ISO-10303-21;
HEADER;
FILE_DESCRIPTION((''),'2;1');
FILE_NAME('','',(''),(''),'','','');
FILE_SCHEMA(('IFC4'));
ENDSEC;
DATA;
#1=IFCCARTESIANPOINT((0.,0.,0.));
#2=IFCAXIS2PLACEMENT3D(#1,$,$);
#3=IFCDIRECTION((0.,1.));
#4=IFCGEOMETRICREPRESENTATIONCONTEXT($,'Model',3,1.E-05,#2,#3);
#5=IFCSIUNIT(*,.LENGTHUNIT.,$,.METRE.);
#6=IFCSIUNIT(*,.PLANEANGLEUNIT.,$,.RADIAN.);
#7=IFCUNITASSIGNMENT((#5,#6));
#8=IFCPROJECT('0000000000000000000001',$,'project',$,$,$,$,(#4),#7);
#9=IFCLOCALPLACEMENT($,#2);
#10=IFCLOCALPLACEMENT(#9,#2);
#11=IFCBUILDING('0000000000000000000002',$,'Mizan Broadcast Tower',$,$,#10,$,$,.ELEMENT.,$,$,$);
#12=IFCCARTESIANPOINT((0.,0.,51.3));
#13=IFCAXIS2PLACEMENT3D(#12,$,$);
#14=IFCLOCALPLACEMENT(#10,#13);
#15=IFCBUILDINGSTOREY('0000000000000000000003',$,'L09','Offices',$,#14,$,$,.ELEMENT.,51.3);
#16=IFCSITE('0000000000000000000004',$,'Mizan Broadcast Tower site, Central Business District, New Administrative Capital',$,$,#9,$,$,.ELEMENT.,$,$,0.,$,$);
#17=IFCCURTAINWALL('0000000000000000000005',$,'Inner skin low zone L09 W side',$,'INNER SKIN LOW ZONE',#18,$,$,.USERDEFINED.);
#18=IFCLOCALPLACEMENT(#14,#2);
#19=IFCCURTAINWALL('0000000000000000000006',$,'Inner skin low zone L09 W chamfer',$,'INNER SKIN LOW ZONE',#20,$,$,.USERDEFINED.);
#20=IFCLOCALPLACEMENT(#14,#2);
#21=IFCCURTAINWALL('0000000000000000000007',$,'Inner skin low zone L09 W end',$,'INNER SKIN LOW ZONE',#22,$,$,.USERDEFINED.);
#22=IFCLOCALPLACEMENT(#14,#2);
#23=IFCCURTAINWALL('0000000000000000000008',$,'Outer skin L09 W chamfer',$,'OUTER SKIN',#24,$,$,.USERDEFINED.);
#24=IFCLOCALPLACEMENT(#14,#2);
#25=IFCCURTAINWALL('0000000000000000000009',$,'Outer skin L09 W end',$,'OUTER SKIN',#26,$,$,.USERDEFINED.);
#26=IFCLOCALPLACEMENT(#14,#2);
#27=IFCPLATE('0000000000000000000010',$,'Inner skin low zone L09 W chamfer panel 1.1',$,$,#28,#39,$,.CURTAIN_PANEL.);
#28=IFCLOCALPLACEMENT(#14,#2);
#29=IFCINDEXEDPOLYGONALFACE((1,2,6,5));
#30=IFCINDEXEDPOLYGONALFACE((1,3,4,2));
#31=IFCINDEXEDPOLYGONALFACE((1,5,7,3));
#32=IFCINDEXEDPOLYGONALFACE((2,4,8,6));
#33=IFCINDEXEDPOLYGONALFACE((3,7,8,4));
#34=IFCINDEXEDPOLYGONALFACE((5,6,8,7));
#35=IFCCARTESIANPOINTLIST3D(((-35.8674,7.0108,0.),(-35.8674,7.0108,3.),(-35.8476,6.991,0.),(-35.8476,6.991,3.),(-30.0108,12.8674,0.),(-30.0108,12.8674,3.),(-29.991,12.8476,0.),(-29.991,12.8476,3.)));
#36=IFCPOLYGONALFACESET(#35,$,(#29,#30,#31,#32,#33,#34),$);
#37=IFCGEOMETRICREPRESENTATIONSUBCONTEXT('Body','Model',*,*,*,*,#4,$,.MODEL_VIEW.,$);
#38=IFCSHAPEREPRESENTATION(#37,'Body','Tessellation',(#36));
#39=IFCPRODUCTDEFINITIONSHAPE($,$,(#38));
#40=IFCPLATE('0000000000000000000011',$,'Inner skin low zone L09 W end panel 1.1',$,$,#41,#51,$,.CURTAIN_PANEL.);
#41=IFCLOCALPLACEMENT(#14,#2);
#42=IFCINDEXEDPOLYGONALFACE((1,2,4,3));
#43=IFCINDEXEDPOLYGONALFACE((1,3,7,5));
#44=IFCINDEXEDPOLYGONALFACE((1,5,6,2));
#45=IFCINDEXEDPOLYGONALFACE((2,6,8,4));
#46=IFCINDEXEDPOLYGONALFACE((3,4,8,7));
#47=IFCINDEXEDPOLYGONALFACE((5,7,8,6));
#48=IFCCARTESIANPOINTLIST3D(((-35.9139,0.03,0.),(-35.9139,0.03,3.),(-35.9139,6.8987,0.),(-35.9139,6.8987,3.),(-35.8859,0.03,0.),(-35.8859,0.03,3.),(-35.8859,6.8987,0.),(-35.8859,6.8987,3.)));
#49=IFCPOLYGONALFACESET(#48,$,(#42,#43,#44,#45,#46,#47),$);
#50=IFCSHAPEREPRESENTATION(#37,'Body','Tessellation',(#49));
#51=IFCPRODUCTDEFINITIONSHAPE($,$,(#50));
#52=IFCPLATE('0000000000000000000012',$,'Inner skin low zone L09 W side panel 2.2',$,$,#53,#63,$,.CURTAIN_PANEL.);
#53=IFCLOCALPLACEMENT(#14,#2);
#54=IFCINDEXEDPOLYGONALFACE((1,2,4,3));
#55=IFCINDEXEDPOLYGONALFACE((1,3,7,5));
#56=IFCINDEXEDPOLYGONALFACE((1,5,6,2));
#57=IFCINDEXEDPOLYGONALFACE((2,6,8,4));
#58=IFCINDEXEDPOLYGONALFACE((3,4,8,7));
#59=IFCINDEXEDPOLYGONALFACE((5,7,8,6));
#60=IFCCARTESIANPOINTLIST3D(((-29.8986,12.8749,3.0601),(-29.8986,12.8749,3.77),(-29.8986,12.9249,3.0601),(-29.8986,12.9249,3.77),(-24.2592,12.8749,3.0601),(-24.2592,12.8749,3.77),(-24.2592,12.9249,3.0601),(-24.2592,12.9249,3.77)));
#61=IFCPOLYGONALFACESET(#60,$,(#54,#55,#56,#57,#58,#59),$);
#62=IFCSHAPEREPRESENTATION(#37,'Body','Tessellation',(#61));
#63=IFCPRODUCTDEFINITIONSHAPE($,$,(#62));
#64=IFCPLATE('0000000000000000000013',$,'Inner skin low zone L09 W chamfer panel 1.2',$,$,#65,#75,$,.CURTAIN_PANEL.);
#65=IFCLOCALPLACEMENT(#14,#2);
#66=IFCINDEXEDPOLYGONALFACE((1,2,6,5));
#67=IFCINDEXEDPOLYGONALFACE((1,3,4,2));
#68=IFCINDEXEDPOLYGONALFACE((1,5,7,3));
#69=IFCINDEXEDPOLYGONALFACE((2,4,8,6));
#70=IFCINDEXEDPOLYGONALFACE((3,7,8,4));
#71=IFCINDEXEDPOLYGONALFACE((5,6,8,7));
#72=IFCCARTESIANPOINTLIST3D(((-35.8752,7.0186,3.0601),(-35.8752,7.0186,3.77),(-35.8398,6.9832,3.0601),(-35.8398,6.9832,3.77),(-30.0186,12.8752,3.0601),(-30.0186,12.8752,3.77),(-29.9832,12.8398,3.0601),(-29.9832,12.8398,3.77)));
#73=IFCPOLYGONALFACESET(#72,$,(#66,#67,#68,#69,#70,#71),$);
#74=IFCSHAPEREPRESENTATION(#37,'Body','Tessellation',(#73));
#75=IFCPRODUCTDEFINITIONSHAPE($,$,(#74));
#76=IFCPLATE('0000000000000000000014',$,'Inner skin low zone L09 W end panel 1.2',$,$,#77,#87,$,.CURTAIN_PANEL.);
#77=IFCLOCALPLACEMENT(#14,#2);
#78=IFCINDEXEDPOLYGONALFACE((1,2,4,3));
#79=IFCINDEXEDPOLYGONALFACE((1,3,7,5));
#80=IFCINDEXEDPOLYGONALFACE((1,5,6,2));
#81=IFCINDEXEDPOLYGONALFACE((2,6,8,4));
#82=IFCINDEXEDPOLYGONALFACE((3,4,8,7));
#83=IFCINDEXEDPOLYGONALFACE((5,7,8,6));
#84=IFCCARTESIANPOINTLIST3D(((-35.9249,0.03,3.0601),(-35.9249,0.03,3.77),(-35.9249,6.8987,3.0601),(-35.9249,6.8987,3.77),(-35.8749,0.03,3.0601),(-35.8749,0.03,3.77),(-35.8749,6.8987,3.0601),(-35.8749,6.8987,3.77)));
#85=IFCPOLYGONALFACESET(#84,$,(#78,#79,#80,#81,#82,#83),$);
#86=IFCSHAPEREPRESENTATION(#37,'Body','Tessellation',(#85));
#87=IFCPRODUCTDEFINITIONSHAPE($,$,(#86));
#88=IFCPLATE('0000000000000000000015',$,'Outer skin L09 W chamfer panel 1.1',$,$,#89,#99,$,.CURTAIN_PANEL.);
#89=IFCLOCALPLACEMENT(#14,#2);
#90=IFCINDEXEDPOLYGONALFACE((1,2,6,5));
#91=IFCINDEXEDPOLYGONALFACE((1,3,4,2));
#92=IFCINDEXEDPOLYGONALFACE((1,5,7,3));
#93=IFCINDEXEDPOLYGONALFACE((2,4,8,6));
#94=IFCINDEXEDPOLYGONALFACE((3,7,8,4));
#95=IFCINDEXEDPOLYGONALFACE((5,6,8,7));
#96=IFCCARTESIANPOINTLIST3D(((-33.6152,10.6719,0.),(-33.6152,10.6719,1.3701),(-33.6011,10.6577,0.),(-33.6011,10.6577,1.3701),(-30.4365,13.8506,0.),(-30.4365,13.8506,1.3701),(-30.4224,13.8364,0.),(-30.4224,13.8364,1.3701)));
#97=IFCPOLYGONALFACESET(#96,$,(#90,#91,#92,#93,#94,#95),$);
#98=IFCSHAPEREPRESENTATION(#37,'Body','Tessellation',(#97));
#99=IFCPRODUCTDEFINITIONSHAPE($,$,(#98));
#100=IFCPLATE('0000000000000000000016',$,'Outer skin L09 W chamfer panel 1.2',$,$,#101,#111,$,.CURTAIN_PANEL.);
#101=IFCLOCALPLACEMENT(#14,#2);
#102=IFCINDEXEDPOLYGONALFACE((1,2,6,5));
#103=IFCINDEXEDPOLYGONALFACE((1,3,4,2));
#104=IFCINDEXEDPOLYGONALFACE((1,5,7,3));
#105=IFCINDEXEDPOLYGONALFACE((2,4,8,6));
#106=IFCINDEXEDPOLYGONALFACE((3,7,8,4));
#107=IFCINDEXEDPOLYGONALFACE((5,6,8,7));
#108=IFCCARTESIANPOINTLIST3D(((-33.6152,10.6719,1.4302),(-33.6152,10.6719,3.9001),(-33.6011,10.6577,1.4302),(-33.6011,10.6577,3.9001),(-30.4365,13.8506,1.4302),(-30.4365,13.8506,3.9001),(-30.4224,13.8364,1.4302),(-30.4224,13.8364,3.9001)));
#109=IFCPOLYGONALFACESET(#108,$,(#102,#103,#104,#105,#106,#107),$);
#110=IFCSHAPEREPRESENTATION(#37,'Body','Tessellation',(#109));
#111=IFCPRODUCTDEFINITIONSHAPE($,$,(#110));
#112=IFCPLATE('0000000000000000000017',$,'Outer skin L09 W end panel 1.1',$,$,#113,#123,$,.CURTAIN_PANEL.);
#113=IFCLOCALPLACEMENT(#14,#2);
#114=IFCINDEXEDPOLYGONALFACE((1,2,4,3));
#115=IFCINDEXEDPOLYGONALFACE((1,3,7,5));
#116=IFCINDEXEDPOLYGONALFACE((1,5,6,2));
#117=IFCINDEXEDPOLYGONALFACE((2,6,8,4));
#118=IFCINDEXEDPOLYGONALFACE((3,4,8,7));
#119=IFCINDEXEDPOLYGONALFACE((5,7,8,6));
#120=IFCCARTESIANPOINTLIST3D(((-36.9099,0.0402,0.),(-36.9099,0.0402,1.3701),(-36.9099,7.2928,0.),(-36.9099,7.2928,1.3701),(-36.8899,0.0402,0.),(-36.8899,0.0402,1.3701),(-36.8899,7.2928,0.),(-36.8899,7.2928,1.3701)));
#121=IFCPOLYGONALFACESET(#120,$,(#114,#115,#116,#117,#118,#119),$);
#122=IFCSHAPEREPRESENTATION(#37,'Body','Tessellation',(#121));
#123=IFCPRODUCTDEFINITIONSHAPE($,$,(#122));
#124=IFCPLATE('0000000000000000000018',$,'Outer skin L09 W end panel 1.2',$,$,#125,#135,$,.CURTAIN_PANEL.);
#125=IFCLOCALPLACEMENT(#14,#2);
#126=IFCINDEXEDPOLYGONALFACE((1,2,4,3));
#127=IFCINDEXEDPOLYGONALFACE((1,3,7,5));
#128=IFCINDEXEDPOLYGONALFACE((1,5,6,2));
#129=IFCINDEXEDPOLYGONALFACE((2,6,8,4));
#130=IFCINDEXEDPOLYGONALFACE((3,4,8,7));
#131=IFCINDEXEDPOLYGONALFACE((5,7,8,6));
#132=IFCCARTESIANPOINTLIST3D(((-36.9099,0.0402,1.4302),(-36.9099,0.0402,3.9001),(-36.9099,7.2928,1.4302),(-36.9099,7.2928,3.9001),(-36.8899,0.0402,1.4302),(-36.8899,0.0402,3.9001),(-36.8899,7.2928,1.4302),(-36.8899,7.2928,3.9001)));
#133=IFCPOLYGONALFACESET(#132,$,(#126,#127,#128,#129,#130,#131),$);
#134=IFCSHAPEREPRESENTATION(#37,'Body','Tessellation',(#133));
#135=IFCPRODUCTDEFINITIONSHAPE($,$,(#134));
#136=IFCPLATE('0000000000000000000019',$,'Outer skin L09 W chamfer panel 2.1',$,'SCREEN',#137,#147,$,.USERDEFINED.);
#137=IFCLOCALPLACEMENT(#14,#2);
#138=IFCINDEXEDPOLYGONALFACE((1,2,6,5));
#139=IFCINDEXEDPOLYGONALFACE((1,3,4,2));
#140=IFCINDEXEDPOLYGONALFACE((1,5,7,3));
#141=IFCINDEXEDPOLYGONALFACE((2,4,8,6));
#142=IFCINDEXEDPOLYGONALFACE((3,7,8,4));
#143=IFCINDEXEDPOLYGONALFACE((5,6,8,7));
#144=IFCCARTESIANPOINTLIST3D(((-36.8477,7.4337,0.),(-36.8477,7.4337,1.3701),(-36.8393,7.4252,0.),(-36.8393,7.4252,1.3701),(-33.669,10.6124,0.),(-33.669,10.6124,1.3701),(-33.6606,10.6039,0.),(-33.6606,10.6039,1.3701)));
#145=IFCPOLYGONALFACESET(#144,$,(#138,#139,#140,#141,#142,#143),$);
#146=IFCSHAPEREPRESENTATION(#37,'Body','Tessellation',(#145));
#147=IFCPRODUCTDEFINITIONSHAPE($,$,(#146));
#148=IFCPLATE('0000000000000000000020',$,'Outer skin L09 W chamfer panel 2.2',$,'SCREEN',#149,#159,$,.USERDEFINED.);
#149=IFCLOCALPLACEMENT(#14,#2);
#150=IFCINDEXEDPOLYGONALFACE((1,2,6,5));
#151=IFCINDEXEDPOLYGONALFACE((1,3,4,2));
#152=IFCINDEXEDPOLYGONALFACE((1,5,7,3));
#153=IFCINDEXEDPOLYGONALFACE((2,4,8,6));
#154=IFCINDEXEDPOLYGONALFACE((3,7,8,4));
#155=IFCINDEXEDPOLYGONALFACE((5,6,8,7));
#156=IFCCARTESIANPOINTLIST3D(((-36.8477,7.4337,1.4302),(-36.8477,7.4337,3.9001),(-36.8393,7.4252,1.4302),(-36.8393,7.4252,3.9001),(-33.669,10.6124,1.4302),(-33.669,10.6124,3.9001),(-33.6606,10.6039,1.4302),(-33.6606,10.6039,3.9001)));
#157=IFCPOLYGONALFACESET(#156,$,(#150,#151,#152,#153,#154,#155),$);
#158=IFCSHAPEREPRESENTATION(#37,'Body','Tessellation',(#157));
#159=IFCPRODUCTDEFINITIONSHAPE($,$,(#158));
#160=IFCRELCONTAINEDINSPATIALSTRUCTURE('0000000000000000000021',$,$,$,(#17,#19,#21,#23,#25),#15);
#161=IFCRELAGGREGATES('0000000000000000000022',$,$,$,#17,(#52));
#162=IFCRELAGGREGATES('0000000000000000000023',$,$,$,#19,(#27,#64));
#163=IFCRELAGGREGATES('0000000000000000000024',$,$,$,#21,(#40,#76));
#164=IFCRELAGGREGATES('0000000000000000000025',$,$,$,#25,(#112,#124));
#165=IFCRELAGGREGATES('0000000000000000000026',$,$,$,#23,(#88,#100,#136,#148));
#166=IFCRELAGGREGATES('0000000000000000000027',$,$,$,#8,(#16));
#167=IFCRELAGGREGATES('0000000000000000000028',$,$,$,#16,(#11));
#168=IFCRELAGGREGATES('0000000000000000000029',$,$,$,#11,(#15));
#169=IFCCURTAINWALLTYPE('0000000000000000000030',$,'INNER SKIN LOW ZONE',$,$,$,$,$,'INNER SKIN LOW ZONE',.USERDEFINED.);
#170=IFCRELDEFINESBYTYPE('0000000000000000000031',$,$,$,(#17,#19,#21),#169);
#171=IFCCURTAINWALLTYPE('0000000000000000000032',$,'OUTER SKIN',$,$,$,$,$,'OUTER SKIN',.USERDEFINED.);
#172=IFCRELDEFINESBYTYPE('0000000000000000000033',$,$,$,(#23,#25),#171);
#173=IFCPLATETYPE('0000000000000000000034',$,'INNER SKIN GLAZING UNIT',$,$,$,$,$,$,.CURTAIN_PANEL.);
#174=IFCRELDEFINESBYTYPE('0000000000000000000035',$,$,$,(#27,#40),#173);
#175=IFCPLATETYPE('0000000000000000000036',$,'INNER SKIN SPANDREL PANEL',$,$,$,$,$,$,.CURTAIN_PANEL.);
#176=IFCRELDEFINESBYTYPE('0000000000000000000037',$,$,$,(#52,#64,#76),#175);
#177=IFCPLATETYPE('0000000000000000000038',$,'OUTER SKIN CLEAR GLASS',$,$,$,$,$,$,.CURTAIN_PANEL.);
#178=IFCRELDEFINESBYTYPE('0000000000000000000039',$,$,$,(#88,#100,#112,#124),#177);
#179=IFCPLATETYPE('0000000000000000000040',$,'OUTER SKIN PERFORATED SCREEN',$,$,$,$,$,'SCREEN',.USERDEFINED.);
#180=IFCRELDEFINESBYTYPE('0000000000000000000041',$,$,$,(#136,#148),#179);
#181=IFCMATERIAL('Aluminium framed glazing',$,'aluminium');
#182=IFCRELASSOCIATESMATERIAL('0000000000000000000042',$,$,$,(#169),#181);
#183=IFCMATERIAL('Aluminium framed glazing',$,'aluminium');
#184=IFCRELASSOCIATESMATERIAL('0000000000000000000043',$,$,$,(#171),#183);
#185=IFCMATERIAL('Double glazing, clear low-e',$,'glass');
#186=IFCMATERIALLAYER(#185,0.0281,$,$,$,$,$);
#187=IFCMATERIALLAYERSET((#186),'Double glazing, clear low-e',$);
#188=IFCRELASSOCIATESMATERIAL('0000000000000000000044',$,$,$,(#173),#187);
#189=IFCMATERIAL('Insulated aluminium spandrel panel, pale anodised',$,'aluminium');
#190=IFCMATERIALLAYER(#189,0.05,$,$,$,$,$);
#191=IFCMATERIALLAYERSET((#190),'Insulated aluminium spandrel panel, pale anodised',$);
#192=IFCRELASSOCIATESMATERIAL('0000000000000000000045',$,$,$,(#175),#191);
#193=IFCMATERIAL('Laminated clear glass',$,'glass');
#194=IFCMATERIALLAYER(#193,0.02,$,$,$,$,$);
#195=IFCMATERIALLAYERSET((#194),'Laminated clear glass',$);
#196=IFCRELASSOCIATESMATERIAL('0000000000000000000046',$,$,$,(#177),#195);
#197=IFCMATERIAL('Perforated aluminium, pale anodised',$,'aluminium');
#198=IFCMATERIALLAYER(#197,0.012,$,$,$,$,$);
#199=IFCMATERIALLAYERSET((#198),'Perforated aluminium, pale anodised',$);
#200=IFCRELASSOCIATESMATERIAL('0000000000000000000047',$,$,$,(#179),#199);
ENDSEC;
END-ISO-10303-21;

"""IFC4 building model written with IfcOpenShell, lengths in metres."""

from ifc_helpers import new_model, si_unit, direction, frame, origin, origin_2d, place, context, subcontext, project, spatial, rectangle, extrude, material, layer, layer_set, type_object, element, aggregate, save


model = new_model("IFC4")

# Units and contexts
model_context = context("Model", 3, precision=1e-05, world=origin(), true_north=direction((0.0, 1.0)))
body_context = subcontext(model_context, "Body", "Model", "MODEL_VIEW")
ifc_project = project(units=[si_unit("LENGTHUNIT", "METRE"), si_unit("PLANEANGLEUNIT", "RADIAN")], contexts=[model_context])

# Site, building, storey
site_placement = place(None, origin())
site = spatial("IfcSite", under=ifc_project, at=site_placement, Name="Mizan Broadcast Tower site, Central Business District, New Administrative Capital", CompositionType="ELEMENT", RefElevation=0.0)
building_placement = place(site_placement, origin())
building = spatial("IfcBuilding", under=site, at=building_placement, Name="Mizan Broadcast Tower", CompositionType="ELEMENT")
storey_placement = place(building_placement, frame((0.0, 0.0, 51.3)))
storey = spatial("IfcBuildingStorey", under=building, at=storey_placement, Name="L09", Description="Offices", CompositionType="ELEMENT", Elevation=51.3)

# Curtain walls
ifc_material_1 = material(Name="Aluminium framed glazing", Category="aluminium")
curtain_wall_type_1 = type_object("IfcCurtainWallType", Name="INNER SKIN LOW ZONE", ElementType="INNER SKIN LOW ZONE", PredefinedType="USERDEFINED", material=ifc_material_1)
curtain_wall_1_placement = place(storey_placement, origin())
curtain_wall_1 = element("IfcCurtainWall", 1, at=curtain_wall_1_placement, inside=storey, type_object=curtain_wall_type_1, Name="Inner skin low zone L09 W side", ObjectType="INNER SKIN LOW ZONE", PredefinedType="USERDEFINED")
curtain_wall_2_placement = place(storey_placement, origin())
curtain_wall_2 = element("IfcCurtainWall", 2, at=curtain_wall_2_placement, inside=storey, type_object=curtain_wall_type_1, Name="Inner skin low zone L09 W chamfer", ObjectType="INNER SKIN LOW ZONE", PredefinedType="USERDEFINED")
curtain_wall_3_placement = place(storey_placement, origin())
curtain_wall_3 = element("IfcCurtainWall", 3, at=curtain_wall_3_placement, inside=storey, type_object=curtain_wall_type_1, Name="Inner skin low zone L09 W end", ObjectType="INNER SKIN LOW ZONE", PredefinedType="USERDEFINED")

# Shared definitions
ifc_material_2 = material(Name="Aluminium framed glazing", Category="aluminium")
curtain_wall_type_2 = type_object("IfcCurtainWallType", Name="OUTER SKIN", ElementType="OUTER SKIN", PredefinedType="USERDEFINED", material=ifc_material_2)

# Curtain wall
curtain_wall_4_placement = place(storey_placement, origin())
curtain_wall_4 = element("IfcCurtainWall", 4, at=curtain_wall_4_placement, inside=storey, type_object=curtain_wall_type_2, Name="Outer skin L09 W chamfer", ObjectType="OUTER SKIN", PredefinedType="USERDEFINED")

# Curtain wall
curtain_wall_5_placement = place(storey_placement, origin())
curtain_wall_5 = element("IfcCurtainWall", 5, at=curtain_wall_5_placement, inside=storey, type_object=curtain_wall_type_2, Name="Outer skin L09 W end", ObjectType="OUTER SKIN", PredefinedType="USERDEFINED")

# Plates
ifc_material_3 = material(Name="Double glazing, clear low-e", Category="glass")
ifc_layer_1 = layer(ifc_material_3, 0.0281)
ifc_layer_set_1 = layer_set([ifc_layer_1], Name="Double glazing, clear low-e")
plate_type_1 = type_object("IfcPlateType", Name="INNER SKIN GLAZING UNIT", PredefinedType="CURTAIN_PANEL", material=ifc_layer_set_1)
plate_1_placement = place(storey_placement, frame((-32.9292, 9.9292, 0.0), z_axis=(0.0, 0.0, 1.0), x_axis=(-0.707107, -0.707107, 0.0)))
plate_1 = element("IfcPlate", 6, at=plate_1_placement, type_object=plate_type_1, Name="Inner skin low zone L09 W chamfer panel 1.1", PredefinedType="CURTAIN_PANEL", context=body_context, shape_type="SweptSolid", body=[
    extrude(rectangle(XDim=8.2825, YDim=0.0281, at=origin_2d()), origin(), (0.0, 0.0, 1.0), 3.0),
])
plate_2_placement = place(storey_placement, frame((-35.8999, 3.4644, 0.0), z_axis=(0.0, 0.0, 1.0), x_axis=(0.0, -1.0, 0.0)))
plate_2 = element("IfcPlate", 7, at=plate_2_placement, type_object=plate_type_1, Name="Inner skin low zone L09 W end panel 1.1", PredefinedType="CURTAIN_PANEL", context=body_context, shape_type="SweptSolid", body=[
    extrude(rectangle(XDim=6.8687, YDim=0.0281, at=origin_2d()), origin(), (0.0, 0.0, 1.0), 3.0),
])
ifc_material_4 = material(Name="Insulated aluminium spandrel panel, pale anodised", Category="aluminium")
ifc_layer_2 = layer(ifc_material_4, 0.05)
ifc_layer_set_2 = layer_set([ifc_layer_2], Name="Insulated aluminium spandrel panel, pale anodised")
plate_type_2 = type_object("IfcPlateType", Name="INNER SKIN SPANDREL PANEL", PredefinedType="CURTAIN_PANEL", material=ifc_layer_set_2)
plate_3_placement = place(storey_placement, frame((-27.0789, 12.8999, 3.0601), z_axis=(0.0, 0.0, 1.0), x_axis=(-1.0, 0.0, 0.0)))
plate_3 = element("IfcPlate", 8, at=plate_3_placement, type_object=plate_type_2, Name="Inner skin low zone L09 W side panel 2.2", PredefinedType="CURTAIN_PANEL", context=body_context, shape_type="SweptSolid", body=[
    extrude(rectangle(XDim=5.6394, YDim=0.05, at=origin_2d()), origin(), (0.0, 0.0, 1.0), 0.71),
])
aggregate(curtain_wall_1, [plate_3])
plate_4_placement = place(storey_placement, frame((-32.9292, 9.9292, 3.0601), z_axis=(0.0, 0.0, 1.0), x_axis=(-0.707107, -0.707107, 0.0)))
plate_4 = element("IfcPlate", 9, at=plate_4_placement, type_object=plate_type_2, Name="Inner skin low zone L09 W chamfer panel 1.2", PredefinedType="CURTAIN_PANEL", context=body_context, shape_type="SweptSolid", body=[
    extrude(rectangle(XDim=8.2825, YDim=0.05, at=origin_2d()), origin(), (0.0, 0.0, 1.0), 0.71),
])
aggregate(curtain_wall_2, [plate_1, plate_4])
plate_5_placement = place(storey_placement, frame((-35.8999, 3.4644, 3.0601), z_axis=(0.0, 0.0, 1.0), x_axis=(0.0, -1.0, 0.0)))
plate_5 = element("IfcPlate", 10, at=plate_5_placement, type_object=plate_type_2, Name="Inner skin low zone L09 W end panel 1.2", PredefinedType="CURTAIN_PANEL", context=body_context, shape_type="SweptSolid", body=[
    extrude(rectangle(XDim=6.8687, YDim=0.05, at=origin_2d()), origin(), (0.0, 0.0, 1.0), 0.71),
])
aggregate(curtain_wall_3, [plate_2, plate_5])
ifc_material_5 = material(Name="Laminated clear glass", Category="glass")
ifc_layer_3 = layer(ifc_material_5, 0.02)
ifc_layer_set_3 = layer_set([ifc_layer_3], Name="Laminated clear glass")
plate_type_3 = type_object("IfcPlateType", Name="OUTER SKIN CLEAR GLASS", PredefinedType="CURTAIN_PANEL", material=ifc_layer_set_3)
plate_6_placement = place(storey_placement, frame((-32.0188, 12.2542, 0.0), z_axis=(0.0, 0.0, 1.0), x_axis=(-0.707107, -0.707107, 0.0)))
plate_6 = element("IfcPlate", 11, at=plate_6_placement, type_object=plate_type_3, Name="Outer skin L09 W chamfer panel 1.1", PredefinedType="CURTAIN_PANEL", context=body_context, shape_type="SweptSolid", body=[
    extrude(rectangle(XDim=4.4954, YDim=0.02, at=origin_2d()), origin(), (0.0, 0.0, 1.0), 1.3701),
])
plate_7_placement = place(storey_placement, frame((-32.0188, 12.2542, 1.4302), z_axis=(0.0, 0.0, 1.0), x_axis=(-0.707107, -0.707107, 0.0)))
plate_7 = element("IfcPlate", 12, at=plate_7_placement, type_object=plate_type_3, Name="Outer skin L09 W chamfer panel 1.2", PredefinedType="CURTAIN_PANEL", context=body_context, shape_type="SweptSolid", body=[
    extrude(rectangle(XDim=4.4954, YDim=0.02, at=origin_2d()), origin(), (0.0, 0.0, 1.0), 2.47),
])
plate_8_placement = place(storey_placement, frame((-36.8999, 3.6665, 0.0), z_axis=(0.0, 0.0, 1.0), x_axis=(0.0, -1.0, 0.0)))
plate_8 = element("IfcPlate", 13, at=plate_8_placement, type_object=plate_type_3, Name="Outer skin L09 W end panel 1.1", PredefinedType="CURTAIN_PANEL", context=body_context, shape_type="SweptSolid", body=[
    extrude(rectangle(XDim=7.2527, YDim=0.02, at=origin_2d()), origin(), (0.0, 0.0, 1.0), 1.3701),
])
plate_9_placement = place(storey_placement, frame((-36.8999, 3.6665, 1.4302), z_axis=(0.0, 0.0, 1.0), x_axis=(0.0, -1.0, 0.0)))
plate_9 = element("IfcPlate", 14, at=plate_9_placement, type_object=plate_type_3, Name="Outer skin L09 W end panel 1.2", PredefinedType="CURTAIN_PANEL", context=body_context, shape_type="SweptSolid", body=[
    extrude(rectangle(XDim=7.2527, YDim=0.02, at=origin_2d()), origin(), (0.0, 0.0, 1.0), 2.47),
])
aggregate(curtain_wall_5, [plate_8, plate_9])
ifc_material_6 = material(Name="Perforated aluminium, pale anodised", Category="aluminium")
ifc_layer_4 = layer(ifc_material_6, 0.012)
ifc_layer_set_4 = layer_set([ifc_layer_4], Name="Perforated aluminium, pale anodised")
plate_type_4 = type_object("IfcPlateType", Name="OUTER SKIN PERFORATED SCREEN", ElementType="SCREEN", PredefinedType="USERDEFINED", material=ifc_layer_set_4)
plate_10_placement = place(storey_placement, frame((-35.2542, 9.0188, 0.0), z_axis=(0.0, 0.0, 1.0), x_axis=(-0.707107, -0.707107, 0.0)))
plate_10 = element("IfcPlate", 15, at=plate_10_placement, type_object=plate_type_4, Name="Outer skin L09 W chamfer panel 2.1", ObjectType="SCREEN", PredefinedType="USERDEFINED", context=body_context, shape_type="SweptSolid", body=[
    extrude(rectangle(XDim=4.4954, YDim=0.012, at=origin_2d()), origin(), (0.0, 0.0, 1.0), 1.3701),
])
plate_11_placement = place(storey_placement, frame((-35.2542, 9.0188, 1.4302), z_axis=(0.0, 0.0, 1.0), x_axis=(-0.707107, -0.707107, 0.0)))
plate_11 = element("IfcPlate", 16, at=plate_11_placement, type_object=plate_type_4, Name="Outer skin L09 W chamfer panel 2.2", ObjectType="SCREEN", PredefinedType="USERDEFINED", context=body_context, shape_type="SweptSolid", body=[
    extrude(rectangle(XDim=4.4954, YDim=0.012, at=origin_2d()), origin(), (0.0, 0.0, 1.0), 2.47),
])
aggregate(curtain_wall_4, [plate_6, plate_7, plate_10, plate_11])

save(model, "model.ifc")
